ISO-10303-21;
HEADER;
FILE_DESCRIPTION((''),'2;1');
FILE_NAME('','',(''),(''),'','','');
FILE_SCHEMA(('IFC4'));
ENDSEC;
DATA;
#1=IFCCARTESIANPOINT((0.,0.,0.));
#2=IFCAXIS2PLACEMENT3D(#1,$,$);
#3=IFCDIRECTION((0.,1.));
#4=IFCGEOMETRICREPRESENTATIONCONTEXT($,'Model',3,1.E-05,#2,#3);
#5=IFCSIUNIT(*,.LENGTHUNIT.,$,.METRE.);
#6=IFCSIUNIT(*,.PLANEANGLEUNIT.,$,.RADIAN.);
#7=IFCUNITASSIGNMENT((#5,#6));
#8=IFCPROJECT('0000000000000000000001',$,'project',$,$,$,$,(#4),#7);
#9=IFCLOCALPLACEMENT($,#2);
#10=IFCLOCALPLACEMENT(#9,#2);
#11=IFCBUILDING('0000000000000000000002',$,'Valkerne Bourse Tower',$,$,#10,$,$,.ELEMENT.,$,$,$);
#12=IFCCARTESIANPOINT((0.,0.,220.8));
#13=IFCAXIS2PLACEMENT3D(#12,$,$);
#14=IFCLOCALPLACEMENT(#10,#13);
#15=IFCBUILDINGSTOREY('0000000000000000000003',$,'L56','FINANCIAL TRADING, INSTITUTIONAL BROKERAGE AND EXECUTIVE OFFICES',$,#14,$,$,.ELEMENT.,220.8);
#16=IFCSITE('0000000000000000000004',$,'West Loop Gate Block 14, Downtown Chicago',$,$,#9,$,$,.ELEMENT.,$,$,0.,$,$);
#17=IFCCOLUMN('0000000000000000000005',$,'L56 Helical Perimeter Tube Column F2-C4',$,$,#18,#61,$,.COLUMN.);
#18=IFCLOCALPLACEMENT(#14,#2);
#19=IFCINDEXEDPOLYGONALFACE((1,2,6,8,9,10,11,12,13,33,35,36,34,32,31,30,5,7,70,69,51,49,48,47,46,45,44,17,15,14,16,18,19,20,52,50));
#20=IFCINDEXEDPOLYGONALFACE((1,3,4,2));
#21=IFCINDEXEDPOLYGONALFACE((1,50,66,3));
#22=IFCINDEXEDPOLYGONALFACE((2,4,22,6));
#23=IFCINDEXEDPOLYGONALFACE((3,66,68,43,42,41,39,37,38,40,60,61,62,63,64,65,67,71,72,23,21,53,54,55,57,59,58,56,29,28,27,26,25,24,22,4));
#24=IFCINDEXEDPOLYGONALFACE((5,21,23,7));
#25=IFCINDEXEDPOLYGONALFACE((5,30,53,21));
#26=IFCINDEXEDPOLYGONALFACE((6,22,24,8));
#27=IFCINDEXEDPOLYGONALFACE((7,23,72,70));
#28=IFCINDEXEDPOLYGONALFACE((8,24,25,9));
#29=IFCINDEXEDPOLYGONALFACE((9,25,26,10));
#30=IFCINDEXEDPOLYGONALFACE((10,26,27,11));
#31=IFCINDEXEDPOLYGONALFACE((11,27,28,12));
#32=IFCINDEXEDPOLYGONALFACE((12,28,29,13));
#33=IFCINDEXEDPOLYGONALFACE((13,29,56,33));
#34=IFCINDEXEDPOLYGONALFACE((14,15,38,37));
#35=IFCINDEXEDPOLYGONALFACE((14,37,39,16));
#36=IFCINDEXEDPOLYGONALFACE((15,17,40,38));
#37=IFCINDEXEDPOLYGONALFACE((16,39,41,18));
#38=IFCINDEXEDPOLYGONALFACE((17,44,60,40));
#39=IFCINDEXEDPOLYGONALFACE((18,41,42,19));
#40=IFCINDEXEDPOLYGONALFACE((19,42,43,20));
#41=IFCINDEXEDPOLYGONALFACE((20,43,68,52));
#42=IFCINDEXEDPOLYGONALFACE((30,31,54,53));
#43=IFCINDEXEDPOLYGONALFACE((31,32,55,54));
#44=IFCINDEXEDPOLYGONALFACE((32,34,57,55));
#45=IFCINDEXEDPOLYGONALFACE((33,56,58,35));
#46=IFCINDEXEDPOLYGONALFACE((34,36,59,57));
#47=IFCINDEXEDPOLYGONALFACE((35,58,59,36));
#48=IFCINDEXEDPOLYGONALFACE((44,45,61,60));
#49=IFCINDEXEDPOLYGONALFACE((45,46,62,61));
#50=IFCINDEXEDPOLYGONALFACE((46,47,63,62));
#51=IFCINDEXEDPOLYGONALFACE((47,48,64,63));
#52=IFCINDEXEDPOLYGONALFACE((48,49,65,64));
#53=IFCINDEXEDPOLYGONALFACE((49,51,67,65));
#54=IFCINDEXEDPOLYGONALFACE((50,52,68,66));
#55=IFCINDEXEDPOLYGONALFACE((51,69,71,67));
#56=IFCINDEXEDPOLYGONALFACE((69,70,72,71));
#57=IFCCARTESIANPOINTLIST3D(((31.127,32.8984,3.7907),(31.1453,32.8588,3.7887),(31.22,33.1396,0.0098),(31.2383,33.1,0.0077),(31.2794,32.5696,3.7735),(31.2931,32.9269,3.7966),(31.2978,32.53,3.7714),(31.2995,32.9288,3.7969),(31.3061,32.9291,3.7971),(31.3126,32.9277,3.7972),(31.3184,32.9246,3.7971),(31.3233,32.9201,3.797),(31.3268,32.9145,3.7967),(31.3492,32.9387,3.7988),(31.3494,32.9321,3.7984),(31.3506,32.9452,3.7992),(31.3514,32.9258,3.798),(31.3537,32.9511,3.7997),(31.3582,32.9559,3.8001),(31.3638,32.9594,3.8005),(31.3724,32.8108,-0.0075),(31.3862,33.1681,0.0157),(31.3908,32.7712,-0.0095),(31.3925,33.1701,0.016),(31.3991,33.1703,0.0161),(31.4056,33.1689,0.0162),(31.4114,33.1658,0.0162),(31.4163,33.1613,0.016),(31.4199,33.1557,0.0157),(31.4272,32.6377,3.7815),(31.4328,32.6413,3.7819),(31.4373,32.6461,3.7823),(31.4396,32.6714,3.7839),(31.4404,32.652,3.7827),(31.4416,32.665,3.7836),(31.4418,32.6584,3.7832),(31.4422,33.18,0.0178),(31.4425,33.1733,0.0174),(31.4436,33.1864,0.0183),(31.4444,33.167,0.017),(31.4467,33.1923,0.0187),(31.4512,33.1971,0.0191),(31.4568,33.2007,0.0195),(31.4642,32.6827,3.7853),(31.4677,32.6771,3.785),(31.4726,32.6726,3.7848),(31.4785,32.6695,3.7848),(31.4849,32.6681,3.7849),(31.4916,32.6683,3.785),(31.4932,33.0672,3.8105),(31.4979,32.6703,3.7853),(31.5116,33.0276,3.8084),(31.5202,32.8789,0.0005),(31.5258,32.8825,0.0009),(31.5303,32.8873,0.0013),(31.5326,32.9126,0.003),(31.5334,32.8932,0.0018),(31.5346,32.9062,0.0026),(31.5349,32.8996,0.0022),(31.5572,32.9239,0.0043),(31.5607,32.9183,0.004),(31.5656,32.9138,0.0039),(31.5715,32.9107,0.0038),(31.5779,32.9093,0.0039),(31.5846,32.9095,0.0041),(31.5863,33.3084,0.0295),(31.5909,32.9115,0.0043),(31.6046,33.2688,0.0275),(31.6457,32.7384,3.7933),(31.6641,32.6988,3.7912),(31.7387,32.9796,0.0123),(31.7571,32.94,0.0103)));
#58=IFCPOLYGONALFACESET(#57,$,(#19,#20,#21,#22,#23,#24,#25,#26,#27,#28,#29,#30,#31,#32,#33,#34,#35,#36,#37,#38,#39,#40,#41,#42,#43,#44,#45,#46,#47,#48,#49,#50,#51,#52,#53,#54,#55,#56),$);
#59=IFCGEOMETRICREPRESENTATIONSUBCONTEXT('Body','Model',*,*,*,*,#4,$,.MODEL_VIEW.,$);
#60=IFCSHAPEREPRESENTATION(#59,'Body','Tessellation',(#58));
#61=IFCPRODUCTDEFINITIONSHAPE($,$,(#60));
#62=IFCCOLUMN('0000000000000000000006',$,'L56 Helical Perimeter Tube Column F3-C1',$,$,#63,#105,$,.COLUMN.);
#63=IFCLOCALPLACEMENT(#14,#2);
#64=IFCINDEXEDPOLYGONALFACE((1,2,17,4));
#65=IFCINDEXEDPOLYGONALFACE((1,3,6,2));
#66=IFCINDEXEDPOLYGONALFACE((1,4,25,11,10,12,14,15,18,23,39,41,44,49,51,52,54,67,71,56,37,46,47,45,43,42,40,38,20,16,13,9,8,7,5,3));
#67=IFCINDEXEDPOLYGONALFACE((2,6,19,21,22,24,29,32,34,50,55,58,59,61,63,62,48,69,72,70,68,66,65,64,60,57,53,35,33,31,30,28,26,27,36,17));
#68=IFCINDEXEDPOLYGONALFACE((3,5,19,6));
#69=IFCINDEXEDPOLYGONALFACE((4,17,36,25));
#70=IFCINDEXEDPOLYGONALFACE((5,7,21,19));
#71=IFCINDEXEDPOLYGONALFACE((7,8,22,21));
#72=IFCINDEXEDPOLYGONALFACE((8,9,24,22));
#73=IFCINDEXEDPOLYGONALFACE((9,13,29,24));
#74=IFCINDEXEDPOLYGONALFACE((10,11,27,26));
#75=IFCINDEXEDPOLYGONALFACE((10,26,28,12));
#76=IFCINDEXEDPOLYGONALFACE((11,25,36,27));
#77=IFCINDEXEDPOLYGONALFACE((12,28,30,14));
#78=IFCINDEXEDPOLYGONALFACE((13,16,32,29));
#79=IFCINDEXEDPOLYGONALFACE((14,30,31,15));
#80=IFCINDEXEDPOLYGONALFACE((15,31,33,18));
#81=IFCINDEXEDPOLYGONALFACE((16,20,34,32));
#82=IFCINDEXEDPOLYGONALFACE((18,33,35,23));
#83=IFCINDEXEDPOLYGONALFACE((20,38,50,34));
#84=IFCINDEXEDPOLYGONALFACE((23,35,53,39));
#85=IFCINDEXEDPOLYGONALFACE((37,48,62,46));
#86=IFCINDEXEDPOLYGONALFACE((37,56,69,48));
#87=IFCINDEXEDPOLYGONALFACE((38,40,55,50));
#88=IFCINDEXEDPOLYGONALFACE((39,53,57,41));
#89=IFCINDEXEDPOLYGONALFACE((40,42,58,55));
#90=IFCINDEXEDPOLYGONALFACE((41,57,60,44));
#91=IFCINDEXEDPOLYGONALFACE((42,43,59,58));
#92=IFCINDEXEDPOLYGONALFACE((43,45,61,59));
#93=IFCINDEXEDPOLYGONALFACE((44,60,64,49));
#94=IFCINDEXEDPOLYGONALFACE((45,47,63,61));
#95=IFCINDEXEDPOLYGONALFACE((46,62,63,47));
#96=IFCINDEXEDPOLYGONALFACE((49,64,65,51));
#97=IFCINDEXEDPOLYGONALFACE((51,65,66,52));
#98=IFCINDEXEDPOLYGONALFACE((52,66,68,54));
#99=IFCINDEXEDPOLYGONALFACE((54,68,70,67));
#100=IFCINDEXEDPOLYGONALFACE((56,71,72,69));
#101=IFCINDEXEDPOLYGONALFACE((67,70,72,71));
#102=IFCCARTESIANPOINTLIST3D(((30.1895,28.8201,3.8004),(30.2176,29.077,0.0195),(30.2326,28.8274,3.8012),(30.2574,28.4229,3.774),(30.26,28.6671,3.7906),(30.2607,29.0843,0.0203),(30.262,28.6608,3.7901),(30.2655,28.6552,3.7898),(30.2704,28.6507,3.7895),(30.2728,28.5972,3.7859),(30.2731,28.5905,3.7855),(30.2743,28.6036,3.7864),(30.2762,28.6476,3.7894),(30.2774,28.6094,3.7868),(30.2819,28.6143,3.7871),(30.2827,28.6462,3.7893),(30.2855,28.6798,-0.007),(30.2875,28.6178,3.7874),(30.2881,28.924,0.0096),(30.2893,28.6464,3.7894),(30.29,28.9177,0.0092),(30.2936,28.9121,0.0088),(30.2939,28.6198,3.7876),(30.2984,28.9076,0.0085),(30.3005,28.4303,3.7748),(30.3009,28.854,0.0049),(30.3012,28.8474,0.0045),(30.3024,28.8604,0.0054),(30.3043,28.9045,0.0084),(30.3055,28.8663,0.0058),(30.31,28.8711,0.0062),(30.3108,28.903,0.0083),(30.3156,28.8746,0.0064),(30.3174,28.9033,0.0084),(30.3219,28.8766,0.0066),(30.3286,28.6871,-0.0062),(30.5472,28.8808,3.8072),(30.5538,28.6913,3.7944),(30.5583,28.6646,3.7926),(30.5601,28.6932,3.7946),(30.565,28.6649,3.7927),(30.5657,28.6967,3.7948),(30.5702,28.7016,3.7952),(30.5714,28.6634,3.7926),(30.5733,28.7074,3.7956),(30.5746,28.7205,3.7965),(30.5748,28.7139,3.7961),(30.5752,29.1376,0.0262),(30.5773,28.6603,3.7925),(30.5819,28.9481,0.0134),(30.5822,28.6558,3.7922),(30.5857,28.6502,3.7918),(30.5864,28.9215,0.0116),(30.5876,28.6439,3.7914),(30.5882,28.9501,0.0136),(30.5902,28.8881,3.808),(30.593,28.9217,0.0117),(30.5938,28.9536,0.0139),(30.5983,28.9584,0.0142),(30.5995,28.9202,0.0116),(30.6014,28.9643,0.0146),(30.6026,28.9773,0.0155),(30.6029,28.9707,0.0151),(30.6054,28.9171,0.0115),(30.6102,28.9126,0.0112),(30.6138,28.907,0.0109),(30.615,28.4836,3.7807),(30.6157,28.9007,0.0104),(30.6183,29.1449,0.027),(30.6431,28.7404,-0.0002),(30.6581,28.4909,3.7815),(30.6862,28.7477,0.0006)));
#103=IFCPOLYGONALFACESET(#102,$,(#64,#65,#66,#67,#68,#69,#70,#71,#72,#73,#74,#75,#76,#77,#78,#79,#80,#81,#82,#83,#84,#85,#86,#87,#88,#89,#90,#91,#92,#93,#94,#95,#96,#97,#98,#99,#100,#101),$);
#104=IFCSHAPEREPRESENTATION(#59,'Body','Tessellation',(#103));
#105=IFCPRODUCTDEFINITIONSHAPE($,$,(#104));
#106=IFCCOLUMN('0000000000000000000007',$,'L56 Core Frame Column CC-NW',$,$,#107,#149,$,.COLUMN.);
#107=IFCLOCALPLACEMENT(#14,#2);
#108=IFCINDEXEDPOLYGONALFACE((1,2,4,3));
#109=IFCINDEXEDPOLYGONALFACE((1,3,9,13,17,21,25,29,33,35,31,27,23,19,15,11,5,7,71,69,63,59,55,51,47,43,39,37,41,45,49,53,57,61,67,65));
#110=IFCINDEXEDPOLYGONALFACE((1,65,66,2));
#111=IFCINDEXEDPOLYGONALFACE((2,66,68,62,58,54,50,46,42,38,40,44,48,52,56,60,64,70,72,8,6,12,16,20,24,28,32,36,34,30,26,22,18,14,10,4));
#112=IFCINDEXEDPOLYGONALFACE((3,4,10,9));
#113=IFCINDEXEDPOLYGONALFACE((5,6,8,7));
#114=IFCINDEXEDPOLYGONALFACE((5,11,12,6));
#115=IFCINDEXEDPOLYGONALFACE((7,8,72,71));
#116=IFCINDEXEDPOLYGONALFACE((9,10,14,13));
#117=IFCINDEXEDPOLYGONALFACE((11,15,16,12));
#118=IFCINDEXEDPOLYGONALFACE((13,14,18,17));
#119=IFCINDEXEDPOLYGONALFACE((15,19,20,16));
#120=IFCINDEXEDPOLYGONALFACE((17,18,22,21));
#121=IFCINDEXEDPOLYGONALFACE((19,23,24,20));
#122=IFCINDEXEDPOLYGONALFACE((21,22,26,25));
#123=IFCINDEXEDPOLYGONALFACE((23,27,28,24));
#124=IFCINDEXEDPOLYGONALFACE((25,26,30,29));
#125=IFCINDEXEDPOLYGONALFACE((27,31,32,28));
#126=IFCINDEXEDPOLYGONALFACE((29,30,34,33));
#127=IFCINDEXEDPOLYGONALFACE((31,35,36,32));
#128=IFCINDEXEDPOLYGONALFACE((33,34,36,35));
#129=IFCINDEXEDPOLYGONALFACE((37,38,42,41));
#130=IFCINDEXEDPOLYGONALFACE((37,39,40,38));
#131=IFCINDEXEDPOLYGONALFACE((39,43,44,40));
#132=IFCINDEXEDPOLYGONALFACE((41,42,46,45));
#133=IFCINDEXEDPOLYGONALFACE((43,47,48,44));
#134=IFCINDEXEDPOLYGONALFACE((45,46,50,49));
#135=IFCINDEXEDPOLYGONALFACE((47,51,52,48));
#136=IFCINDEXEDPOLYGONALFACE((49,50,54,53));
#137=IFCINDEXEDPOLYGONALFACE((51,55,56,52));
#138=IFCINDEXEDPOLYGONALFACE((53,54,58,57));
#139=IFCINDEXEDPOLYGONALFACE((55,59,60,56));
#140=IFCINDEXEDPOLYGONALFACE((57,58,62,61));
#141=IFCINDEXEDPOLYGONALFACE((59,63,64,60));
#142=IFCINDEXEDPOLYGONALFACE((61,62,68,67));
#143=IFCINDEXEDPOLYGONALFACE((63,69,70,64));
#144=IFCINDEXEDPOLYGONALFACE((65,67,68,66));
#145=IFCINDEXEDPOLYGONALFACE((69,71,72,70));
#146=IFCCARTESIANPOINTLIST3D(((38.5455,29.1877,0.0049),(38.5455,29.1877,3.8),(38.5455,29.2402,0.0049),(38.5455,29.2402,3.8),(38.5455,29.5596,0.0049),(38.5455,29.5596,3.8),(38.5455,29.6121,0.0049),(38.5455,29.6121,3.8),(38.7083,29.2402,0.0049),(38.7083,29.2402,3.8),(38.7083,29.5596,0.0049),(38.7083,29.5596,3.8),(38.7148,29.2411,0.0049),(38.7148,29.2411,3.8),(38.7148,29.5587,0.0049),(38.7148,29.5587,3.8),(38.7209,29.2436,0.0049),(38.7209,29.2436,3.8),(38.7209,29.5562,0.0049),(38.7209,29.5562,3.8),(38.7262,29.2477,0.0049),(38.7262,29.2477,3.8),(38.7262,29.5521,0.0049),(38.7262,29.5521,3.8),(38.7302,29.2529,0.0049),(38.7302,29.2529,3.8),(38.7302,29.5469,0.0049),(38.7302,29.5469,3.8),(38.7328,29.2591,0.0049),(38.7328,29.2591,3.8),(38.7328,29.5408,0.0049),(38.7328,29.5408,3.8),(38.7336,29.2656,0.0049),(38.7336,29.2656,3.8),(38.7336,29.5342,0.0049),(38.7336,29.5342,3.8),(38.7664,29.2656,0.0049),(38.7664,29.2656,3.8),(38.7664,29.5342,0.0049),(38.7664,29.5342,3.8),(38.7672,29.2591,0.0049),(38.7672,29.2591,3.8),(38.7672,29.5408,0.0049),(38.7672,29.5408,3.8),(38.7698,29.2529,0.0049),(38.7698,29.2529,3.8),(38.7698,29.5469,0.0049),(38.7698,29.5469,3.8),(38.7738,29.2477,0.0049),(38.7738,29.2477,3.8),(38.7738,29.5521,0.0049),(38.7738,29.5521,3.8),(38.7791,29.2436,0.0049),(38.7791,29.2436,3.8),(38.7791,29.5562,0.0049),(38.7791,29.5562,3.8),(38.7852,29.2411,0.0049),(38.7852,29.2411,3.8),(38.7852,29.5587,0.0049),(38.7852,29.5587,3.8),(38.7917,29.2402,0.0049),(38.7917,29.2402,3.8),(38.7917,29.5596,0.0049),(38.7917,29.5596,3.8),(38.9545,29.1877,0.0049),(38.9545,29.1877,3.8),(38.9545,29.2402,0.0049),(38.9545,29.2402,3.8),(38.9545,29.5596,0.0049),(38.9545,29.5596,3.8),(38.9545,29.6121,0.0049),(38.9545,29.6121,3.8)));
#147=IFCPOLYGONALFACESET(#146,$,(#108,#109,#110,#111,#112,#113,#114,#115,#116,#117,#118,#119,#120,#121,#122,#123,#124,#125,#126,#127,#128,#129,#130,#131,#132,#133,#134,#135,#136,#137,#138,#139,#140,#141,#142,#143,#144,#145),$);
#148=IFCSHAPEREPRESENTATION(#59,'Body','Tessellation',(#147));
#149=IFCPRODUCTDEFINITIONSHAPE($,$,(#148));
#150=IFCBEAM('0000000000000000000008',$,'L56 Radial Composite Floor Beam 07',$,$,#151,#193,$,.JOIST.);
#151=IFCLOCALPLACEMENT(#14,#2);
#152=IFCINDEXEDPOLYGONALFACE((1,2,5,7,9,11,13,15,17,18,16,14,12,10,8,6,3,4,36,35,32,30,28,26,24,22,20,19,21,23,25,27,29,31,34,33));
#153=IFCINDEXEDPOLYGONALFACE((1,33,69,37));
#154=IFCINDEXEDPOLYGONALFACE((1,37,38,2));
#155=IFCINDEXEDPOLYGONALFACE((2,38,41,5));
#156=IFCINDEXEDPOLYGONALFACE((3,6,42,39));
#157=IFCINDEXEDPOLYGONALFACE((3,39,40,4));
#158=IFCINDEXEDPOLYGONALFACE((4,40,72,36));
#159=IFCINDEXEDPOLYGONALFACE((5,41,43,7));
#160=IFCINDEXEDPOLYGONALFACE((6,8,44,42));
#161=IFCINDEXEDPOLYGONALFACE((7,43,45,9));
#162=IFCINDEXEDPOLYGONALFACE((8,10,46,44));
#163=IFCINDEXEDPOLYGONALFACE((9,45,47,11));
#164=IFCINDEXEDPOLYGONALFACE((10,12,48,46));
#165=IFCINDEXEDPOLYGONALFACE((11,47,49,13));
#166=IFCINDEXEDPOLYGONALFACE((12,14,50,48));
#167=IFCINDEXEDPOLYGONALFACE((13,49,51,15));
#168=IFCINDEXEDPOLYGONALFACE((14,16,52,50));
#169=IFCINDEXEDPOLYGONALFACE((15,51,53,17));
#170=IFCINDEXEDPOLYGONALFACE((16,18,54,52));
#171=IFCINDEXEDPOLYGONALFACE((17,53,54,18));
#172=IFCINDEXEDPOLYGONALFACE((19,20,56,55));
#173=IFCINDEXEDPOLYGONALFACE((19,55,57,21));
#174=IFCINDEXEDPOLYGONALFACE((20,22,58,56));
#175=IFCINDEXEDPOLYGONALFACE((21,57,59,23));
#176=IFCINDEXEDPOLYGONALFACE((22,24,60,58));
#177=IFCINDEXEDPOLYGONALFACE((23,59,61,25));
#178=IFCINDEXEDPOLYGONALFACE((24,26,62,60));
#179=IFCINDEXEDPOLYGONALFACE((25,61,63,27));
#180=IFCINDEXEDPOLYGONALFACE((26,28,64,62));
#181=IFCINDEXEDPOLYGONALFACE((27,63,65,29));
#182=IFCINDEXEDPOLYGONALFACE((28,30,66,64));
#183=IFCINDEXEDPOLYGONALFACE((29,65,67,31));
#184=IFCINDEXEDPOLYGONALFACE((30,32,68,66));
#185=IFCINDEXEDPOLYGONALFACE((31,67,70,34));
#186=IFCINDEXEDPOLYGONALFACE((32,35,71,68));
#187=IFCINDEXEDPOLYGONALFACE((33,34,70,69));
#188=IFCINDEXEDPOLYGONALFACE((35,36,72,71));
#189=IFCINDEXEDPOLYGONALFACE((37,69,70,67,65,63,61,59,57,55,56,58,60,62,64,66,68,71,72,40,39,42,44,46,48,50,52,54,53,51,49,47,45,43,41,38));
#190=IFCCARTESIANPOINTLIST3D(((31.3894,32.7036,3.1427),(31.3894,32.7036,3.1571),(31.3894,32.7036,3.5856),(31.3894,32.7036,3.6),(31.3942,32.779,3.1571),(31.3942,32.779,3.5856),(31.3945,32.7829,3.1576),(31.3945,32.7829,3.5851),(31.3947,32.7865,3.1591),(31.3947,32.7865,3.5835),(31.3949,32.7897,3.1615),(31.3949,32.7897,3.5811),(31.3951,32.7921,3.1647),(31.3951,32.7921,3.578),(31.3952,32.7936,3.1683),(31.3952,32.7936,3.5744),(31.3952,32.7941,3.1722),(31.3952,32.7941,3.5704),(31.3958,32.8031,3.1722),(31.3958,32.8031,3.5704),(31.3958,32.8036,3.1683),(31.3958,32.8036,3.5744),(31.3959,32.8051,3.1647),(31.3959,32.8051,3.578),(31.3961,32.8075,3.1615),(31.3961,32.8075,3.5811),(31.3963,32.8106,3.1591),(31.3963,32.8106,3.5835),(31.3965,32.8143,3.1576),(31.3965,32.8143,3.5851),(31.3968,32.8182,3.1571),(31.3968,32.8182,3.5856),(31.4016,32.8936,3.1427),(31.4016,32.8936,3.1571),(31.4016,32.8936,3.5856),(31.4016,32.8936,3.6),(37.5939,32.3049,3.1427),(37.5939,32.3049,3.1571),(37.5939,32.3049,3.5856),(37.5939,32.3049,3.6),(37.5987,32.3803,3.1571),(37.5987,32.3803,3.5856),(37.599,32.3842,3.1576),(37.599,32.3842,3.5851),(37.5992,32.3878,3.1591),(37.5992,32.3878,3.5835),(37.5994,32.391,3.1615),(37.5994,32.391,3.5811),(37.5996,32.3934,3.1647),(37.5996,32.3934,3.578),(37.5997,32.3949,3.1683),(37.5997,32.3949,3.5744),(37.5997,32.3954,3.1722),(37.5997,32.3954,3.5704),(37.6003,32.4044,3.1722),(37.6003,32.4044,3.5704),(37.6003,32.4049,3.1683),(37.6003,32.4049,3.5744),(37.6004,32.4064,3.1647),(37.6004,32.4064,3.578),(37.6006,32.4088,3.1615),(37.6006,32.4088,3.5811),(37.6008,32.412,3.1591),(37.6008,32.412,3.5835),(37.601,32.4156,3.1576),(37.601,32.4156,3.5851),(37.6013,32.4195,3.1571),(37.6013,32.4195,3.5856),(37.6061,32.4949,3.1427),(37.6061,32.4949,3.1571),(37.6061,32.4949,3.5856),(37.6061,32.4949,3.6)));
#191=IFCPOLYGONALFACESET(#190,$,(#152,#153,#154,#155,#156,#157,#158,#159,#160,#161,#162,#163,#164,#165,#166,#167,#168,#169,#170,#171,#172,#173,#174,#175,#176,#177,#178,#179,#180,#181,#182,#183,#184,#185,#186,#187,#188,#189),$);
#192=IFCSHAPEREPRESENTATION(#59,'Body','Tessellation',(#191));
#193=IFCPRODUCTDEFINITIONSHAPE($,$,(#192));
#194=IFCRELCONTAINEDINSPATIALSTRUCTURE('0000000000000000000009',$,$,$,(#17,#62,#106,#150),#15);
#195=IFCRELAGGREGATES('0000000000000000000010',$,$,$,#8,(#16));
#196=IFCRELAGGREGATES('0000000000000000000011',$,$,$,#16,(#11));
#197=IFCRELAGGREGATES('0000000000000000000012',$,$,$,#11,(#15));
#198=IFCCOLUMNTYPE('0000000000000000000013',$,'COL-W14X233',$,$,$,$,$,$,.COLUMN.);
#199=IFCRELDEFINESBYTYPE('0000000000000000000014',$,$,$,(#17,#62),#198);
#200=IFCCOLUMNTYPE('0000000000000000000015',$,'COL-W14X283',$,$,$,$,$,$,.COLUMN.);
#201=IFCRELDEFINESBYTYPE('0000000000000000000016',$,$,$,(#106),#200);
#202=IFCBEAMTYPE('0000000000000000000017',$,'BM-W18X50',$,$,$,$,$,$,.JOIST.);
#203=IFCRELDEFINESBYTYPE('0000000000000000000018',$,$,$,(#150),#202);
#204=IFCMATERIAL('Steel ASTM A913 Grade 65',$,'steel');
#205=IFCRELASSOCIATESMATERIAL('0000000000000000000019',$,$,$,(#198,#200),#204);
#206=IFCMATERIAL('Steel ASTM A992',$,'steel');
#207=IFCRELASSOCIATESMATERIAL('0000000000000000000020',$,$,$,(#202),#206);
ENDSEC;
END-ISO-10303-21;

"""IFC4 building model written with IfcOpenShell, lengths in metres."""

from ifc_helpers import new_model, si_unit, direction, frame, origin, origin_2d, place, context, subcontext, project, spatial, i_section, extrude, material, material_profile, profile_set, type_object, element, save


model = new_model("IFC4")

# Units and contexts
model_context = context("Model", 3, precision=1e-05, world=origin(), true_north=direction((0.0, 1.0)))
body_context = subcontext(model_context, "Body", "Model", "MODEL_VIEW")
ifc_project = project(units=[si_unit("LENGTHUNIT", "METRE"), si_unit("PLANEANGLEUNIT", "RADIAN")], contexts=[model_context])

# Site, building, storey
site_placement = place(None, origin())
site = spatial("IfcSite", under=ifc_project, at=site_placement, Name="West Loop Gate Block 14, Downtown Chicago", CompositionType="ELEMENT", RefElevation=0.0)
building_placement = place(site_placement, origin())
building = spatial("IfcBuilding", under=site, at=building_placement, Name="Valkerne Bourse Tower", CompositionType="ELEMENT")
storey_placement = place(building_placement, frame((0.0, 0.0, 220.8)))
storey = spatial("IfcBuildingStorey", under=building, at=storey_placement, Name="L56", Description="FINANCIAL TRADING, INSTITUTIONAL BROKERAGE AND EXECUTIVE OFFICES", CompositionType="ELEMENT", Elevation=220.8)

# Columns
ifc_material_1 = material(Name="Steel ASTM A913 Grade 65", Category="steel")
ifc_material_profile_1 = material_profile(ifc_material_1, i_section(OverallWidth=0.4038, OverallDepth=0.4065, WebThickness=0.0271, FlangeThickness=0.0437, FilletRadius=0.0254, at=origin_2d()), Name="W14X233")
ifc_profile_set_1 = profile_set([ifc_material_profile_1], Name="Steel ASTM A913 Grade 65")
column_type_1 = type_object("IfcColumnType", Name="COL-W14X233", PredefinedType="COLUMN", material=ifc_profile_set_1)
for number, where, z_axis, x_axis, name in (
    (1, (31.4885, 33.0398, 0.01), (-0.024544, -0.063647, 0.997671), (-0.907088, -0.418081, -0.048987), "L56 Helical Perimeter Tube Column F2-C4"),
    (2, (30.4519, 28.9124, 0.01), (-0.007408, -0.06777, 0.997673), (0.168069, -0.983592, -0.065565), "L56 Helical Perimeter Tube Column F3-C1"),
):
    element("IfcColumn", number, at=place(storey_placement, frame(where, z_axis=z_axis, x_axis=x_axis)), inside=storey, type_object=column_type_1, Name=name, PredefinedType="COLUMN", context=body_context, shape_type="SweptSolid", body=[
        extrude(i_section(OverallWidth=0.4038, OverallDepth=0.4065, WebThickness=0.0271, FlangeThickness=0.0437, FilletRadius=0.0254, at=origin_2d()), origin(), (0.0, 0.0, 1.0), 3.7898),
    ])
ifc_material_profile_2 = material_profile(ifc_material_1, i_section(OverallWidth=0.4089, OverallDepth=0.4243, WebThickness=0.0327, FlangeThickness=0.0525, FilletRadius=0.0254, at=origin_2d()), Name="W14X283")
ifc_profile_set_2 = profile_set([ifc_material_profile_2], Name="Steel ASTM A913 Grade 65")
column_type_2 = type_object("IfcColumnType", Name="COL-W14X283", PredefinedType="COLUMN", material=ifc_profile_set_2)
column_placement = place(storey_placement, frame((38.75, 29.3999, 0.0049), z_axis=(0.0, 0.0, 1.0), x_axis=(1.0, 0.0, 0.0)))
element("IfcColumn", 3, at=column_placement, inside=storey, type_object=column_type_2, Name="L56 Core Frame Column CC-NW", PredefinedType="COLUMN", context=body_context, shape_type="SweptSolid", body=[
    extrude(i_section(OverallWidth=0.4089, OverallDepth=0.4243, WebThickness=0.0327, FlangeThickness=0.0525, FilletRadius=0.0254, at=origin_2d()), origin(), (0.0, 0.0, 1.0), 3.7952),
])

# Beam
ifc_material_2 = material(Name="Steel ASTM A992", Category="steel")
ifc_material_profile_3 = material_profile(ifc_material_2, i_section(OverallWidth=0.1904, OverallDepth=0.4573, WebThickness=0.009, FlangeThickness=0.0144, FilletRadius=0.0151, at=origin_2d()), Name="W18X50")
ifc_profile_set_3 = profile_set([ifc_material_profile_3], Name="Steel ASTM A992")
beam_type_1 = type_object("IfcBeamType", Name="BM-W18X50", PredefinedType="JOIST", material=ifc_profile_set_3)
beam_1_placement = place(storey_placement, frame((31.3955, 32.7986, 3.3713), z_axis=(0.997942, -0.064124, 0.0), x_axis=(0.064124, 0.997942, 0.0)))
element("IfcBeam", 4, at=beam_1_placement, inside=storey, type_object=beam_type_1, Name="L56 Radial Composite Floor Beam 07", PredefinedType="JOIST", context=body_context, shape_type="SweptSolid", body=[
    extrude(i_section(OverallWidth=0.1904, OverallDepth=0.4573, WebThickness=0.009, FlangeThickness=0.0144, FilletRadius=0.0151, at=origin_2d()), origin(), (0.0, 0.0, 1.0), 6.2173),
])

save(model, "model.ifc")
